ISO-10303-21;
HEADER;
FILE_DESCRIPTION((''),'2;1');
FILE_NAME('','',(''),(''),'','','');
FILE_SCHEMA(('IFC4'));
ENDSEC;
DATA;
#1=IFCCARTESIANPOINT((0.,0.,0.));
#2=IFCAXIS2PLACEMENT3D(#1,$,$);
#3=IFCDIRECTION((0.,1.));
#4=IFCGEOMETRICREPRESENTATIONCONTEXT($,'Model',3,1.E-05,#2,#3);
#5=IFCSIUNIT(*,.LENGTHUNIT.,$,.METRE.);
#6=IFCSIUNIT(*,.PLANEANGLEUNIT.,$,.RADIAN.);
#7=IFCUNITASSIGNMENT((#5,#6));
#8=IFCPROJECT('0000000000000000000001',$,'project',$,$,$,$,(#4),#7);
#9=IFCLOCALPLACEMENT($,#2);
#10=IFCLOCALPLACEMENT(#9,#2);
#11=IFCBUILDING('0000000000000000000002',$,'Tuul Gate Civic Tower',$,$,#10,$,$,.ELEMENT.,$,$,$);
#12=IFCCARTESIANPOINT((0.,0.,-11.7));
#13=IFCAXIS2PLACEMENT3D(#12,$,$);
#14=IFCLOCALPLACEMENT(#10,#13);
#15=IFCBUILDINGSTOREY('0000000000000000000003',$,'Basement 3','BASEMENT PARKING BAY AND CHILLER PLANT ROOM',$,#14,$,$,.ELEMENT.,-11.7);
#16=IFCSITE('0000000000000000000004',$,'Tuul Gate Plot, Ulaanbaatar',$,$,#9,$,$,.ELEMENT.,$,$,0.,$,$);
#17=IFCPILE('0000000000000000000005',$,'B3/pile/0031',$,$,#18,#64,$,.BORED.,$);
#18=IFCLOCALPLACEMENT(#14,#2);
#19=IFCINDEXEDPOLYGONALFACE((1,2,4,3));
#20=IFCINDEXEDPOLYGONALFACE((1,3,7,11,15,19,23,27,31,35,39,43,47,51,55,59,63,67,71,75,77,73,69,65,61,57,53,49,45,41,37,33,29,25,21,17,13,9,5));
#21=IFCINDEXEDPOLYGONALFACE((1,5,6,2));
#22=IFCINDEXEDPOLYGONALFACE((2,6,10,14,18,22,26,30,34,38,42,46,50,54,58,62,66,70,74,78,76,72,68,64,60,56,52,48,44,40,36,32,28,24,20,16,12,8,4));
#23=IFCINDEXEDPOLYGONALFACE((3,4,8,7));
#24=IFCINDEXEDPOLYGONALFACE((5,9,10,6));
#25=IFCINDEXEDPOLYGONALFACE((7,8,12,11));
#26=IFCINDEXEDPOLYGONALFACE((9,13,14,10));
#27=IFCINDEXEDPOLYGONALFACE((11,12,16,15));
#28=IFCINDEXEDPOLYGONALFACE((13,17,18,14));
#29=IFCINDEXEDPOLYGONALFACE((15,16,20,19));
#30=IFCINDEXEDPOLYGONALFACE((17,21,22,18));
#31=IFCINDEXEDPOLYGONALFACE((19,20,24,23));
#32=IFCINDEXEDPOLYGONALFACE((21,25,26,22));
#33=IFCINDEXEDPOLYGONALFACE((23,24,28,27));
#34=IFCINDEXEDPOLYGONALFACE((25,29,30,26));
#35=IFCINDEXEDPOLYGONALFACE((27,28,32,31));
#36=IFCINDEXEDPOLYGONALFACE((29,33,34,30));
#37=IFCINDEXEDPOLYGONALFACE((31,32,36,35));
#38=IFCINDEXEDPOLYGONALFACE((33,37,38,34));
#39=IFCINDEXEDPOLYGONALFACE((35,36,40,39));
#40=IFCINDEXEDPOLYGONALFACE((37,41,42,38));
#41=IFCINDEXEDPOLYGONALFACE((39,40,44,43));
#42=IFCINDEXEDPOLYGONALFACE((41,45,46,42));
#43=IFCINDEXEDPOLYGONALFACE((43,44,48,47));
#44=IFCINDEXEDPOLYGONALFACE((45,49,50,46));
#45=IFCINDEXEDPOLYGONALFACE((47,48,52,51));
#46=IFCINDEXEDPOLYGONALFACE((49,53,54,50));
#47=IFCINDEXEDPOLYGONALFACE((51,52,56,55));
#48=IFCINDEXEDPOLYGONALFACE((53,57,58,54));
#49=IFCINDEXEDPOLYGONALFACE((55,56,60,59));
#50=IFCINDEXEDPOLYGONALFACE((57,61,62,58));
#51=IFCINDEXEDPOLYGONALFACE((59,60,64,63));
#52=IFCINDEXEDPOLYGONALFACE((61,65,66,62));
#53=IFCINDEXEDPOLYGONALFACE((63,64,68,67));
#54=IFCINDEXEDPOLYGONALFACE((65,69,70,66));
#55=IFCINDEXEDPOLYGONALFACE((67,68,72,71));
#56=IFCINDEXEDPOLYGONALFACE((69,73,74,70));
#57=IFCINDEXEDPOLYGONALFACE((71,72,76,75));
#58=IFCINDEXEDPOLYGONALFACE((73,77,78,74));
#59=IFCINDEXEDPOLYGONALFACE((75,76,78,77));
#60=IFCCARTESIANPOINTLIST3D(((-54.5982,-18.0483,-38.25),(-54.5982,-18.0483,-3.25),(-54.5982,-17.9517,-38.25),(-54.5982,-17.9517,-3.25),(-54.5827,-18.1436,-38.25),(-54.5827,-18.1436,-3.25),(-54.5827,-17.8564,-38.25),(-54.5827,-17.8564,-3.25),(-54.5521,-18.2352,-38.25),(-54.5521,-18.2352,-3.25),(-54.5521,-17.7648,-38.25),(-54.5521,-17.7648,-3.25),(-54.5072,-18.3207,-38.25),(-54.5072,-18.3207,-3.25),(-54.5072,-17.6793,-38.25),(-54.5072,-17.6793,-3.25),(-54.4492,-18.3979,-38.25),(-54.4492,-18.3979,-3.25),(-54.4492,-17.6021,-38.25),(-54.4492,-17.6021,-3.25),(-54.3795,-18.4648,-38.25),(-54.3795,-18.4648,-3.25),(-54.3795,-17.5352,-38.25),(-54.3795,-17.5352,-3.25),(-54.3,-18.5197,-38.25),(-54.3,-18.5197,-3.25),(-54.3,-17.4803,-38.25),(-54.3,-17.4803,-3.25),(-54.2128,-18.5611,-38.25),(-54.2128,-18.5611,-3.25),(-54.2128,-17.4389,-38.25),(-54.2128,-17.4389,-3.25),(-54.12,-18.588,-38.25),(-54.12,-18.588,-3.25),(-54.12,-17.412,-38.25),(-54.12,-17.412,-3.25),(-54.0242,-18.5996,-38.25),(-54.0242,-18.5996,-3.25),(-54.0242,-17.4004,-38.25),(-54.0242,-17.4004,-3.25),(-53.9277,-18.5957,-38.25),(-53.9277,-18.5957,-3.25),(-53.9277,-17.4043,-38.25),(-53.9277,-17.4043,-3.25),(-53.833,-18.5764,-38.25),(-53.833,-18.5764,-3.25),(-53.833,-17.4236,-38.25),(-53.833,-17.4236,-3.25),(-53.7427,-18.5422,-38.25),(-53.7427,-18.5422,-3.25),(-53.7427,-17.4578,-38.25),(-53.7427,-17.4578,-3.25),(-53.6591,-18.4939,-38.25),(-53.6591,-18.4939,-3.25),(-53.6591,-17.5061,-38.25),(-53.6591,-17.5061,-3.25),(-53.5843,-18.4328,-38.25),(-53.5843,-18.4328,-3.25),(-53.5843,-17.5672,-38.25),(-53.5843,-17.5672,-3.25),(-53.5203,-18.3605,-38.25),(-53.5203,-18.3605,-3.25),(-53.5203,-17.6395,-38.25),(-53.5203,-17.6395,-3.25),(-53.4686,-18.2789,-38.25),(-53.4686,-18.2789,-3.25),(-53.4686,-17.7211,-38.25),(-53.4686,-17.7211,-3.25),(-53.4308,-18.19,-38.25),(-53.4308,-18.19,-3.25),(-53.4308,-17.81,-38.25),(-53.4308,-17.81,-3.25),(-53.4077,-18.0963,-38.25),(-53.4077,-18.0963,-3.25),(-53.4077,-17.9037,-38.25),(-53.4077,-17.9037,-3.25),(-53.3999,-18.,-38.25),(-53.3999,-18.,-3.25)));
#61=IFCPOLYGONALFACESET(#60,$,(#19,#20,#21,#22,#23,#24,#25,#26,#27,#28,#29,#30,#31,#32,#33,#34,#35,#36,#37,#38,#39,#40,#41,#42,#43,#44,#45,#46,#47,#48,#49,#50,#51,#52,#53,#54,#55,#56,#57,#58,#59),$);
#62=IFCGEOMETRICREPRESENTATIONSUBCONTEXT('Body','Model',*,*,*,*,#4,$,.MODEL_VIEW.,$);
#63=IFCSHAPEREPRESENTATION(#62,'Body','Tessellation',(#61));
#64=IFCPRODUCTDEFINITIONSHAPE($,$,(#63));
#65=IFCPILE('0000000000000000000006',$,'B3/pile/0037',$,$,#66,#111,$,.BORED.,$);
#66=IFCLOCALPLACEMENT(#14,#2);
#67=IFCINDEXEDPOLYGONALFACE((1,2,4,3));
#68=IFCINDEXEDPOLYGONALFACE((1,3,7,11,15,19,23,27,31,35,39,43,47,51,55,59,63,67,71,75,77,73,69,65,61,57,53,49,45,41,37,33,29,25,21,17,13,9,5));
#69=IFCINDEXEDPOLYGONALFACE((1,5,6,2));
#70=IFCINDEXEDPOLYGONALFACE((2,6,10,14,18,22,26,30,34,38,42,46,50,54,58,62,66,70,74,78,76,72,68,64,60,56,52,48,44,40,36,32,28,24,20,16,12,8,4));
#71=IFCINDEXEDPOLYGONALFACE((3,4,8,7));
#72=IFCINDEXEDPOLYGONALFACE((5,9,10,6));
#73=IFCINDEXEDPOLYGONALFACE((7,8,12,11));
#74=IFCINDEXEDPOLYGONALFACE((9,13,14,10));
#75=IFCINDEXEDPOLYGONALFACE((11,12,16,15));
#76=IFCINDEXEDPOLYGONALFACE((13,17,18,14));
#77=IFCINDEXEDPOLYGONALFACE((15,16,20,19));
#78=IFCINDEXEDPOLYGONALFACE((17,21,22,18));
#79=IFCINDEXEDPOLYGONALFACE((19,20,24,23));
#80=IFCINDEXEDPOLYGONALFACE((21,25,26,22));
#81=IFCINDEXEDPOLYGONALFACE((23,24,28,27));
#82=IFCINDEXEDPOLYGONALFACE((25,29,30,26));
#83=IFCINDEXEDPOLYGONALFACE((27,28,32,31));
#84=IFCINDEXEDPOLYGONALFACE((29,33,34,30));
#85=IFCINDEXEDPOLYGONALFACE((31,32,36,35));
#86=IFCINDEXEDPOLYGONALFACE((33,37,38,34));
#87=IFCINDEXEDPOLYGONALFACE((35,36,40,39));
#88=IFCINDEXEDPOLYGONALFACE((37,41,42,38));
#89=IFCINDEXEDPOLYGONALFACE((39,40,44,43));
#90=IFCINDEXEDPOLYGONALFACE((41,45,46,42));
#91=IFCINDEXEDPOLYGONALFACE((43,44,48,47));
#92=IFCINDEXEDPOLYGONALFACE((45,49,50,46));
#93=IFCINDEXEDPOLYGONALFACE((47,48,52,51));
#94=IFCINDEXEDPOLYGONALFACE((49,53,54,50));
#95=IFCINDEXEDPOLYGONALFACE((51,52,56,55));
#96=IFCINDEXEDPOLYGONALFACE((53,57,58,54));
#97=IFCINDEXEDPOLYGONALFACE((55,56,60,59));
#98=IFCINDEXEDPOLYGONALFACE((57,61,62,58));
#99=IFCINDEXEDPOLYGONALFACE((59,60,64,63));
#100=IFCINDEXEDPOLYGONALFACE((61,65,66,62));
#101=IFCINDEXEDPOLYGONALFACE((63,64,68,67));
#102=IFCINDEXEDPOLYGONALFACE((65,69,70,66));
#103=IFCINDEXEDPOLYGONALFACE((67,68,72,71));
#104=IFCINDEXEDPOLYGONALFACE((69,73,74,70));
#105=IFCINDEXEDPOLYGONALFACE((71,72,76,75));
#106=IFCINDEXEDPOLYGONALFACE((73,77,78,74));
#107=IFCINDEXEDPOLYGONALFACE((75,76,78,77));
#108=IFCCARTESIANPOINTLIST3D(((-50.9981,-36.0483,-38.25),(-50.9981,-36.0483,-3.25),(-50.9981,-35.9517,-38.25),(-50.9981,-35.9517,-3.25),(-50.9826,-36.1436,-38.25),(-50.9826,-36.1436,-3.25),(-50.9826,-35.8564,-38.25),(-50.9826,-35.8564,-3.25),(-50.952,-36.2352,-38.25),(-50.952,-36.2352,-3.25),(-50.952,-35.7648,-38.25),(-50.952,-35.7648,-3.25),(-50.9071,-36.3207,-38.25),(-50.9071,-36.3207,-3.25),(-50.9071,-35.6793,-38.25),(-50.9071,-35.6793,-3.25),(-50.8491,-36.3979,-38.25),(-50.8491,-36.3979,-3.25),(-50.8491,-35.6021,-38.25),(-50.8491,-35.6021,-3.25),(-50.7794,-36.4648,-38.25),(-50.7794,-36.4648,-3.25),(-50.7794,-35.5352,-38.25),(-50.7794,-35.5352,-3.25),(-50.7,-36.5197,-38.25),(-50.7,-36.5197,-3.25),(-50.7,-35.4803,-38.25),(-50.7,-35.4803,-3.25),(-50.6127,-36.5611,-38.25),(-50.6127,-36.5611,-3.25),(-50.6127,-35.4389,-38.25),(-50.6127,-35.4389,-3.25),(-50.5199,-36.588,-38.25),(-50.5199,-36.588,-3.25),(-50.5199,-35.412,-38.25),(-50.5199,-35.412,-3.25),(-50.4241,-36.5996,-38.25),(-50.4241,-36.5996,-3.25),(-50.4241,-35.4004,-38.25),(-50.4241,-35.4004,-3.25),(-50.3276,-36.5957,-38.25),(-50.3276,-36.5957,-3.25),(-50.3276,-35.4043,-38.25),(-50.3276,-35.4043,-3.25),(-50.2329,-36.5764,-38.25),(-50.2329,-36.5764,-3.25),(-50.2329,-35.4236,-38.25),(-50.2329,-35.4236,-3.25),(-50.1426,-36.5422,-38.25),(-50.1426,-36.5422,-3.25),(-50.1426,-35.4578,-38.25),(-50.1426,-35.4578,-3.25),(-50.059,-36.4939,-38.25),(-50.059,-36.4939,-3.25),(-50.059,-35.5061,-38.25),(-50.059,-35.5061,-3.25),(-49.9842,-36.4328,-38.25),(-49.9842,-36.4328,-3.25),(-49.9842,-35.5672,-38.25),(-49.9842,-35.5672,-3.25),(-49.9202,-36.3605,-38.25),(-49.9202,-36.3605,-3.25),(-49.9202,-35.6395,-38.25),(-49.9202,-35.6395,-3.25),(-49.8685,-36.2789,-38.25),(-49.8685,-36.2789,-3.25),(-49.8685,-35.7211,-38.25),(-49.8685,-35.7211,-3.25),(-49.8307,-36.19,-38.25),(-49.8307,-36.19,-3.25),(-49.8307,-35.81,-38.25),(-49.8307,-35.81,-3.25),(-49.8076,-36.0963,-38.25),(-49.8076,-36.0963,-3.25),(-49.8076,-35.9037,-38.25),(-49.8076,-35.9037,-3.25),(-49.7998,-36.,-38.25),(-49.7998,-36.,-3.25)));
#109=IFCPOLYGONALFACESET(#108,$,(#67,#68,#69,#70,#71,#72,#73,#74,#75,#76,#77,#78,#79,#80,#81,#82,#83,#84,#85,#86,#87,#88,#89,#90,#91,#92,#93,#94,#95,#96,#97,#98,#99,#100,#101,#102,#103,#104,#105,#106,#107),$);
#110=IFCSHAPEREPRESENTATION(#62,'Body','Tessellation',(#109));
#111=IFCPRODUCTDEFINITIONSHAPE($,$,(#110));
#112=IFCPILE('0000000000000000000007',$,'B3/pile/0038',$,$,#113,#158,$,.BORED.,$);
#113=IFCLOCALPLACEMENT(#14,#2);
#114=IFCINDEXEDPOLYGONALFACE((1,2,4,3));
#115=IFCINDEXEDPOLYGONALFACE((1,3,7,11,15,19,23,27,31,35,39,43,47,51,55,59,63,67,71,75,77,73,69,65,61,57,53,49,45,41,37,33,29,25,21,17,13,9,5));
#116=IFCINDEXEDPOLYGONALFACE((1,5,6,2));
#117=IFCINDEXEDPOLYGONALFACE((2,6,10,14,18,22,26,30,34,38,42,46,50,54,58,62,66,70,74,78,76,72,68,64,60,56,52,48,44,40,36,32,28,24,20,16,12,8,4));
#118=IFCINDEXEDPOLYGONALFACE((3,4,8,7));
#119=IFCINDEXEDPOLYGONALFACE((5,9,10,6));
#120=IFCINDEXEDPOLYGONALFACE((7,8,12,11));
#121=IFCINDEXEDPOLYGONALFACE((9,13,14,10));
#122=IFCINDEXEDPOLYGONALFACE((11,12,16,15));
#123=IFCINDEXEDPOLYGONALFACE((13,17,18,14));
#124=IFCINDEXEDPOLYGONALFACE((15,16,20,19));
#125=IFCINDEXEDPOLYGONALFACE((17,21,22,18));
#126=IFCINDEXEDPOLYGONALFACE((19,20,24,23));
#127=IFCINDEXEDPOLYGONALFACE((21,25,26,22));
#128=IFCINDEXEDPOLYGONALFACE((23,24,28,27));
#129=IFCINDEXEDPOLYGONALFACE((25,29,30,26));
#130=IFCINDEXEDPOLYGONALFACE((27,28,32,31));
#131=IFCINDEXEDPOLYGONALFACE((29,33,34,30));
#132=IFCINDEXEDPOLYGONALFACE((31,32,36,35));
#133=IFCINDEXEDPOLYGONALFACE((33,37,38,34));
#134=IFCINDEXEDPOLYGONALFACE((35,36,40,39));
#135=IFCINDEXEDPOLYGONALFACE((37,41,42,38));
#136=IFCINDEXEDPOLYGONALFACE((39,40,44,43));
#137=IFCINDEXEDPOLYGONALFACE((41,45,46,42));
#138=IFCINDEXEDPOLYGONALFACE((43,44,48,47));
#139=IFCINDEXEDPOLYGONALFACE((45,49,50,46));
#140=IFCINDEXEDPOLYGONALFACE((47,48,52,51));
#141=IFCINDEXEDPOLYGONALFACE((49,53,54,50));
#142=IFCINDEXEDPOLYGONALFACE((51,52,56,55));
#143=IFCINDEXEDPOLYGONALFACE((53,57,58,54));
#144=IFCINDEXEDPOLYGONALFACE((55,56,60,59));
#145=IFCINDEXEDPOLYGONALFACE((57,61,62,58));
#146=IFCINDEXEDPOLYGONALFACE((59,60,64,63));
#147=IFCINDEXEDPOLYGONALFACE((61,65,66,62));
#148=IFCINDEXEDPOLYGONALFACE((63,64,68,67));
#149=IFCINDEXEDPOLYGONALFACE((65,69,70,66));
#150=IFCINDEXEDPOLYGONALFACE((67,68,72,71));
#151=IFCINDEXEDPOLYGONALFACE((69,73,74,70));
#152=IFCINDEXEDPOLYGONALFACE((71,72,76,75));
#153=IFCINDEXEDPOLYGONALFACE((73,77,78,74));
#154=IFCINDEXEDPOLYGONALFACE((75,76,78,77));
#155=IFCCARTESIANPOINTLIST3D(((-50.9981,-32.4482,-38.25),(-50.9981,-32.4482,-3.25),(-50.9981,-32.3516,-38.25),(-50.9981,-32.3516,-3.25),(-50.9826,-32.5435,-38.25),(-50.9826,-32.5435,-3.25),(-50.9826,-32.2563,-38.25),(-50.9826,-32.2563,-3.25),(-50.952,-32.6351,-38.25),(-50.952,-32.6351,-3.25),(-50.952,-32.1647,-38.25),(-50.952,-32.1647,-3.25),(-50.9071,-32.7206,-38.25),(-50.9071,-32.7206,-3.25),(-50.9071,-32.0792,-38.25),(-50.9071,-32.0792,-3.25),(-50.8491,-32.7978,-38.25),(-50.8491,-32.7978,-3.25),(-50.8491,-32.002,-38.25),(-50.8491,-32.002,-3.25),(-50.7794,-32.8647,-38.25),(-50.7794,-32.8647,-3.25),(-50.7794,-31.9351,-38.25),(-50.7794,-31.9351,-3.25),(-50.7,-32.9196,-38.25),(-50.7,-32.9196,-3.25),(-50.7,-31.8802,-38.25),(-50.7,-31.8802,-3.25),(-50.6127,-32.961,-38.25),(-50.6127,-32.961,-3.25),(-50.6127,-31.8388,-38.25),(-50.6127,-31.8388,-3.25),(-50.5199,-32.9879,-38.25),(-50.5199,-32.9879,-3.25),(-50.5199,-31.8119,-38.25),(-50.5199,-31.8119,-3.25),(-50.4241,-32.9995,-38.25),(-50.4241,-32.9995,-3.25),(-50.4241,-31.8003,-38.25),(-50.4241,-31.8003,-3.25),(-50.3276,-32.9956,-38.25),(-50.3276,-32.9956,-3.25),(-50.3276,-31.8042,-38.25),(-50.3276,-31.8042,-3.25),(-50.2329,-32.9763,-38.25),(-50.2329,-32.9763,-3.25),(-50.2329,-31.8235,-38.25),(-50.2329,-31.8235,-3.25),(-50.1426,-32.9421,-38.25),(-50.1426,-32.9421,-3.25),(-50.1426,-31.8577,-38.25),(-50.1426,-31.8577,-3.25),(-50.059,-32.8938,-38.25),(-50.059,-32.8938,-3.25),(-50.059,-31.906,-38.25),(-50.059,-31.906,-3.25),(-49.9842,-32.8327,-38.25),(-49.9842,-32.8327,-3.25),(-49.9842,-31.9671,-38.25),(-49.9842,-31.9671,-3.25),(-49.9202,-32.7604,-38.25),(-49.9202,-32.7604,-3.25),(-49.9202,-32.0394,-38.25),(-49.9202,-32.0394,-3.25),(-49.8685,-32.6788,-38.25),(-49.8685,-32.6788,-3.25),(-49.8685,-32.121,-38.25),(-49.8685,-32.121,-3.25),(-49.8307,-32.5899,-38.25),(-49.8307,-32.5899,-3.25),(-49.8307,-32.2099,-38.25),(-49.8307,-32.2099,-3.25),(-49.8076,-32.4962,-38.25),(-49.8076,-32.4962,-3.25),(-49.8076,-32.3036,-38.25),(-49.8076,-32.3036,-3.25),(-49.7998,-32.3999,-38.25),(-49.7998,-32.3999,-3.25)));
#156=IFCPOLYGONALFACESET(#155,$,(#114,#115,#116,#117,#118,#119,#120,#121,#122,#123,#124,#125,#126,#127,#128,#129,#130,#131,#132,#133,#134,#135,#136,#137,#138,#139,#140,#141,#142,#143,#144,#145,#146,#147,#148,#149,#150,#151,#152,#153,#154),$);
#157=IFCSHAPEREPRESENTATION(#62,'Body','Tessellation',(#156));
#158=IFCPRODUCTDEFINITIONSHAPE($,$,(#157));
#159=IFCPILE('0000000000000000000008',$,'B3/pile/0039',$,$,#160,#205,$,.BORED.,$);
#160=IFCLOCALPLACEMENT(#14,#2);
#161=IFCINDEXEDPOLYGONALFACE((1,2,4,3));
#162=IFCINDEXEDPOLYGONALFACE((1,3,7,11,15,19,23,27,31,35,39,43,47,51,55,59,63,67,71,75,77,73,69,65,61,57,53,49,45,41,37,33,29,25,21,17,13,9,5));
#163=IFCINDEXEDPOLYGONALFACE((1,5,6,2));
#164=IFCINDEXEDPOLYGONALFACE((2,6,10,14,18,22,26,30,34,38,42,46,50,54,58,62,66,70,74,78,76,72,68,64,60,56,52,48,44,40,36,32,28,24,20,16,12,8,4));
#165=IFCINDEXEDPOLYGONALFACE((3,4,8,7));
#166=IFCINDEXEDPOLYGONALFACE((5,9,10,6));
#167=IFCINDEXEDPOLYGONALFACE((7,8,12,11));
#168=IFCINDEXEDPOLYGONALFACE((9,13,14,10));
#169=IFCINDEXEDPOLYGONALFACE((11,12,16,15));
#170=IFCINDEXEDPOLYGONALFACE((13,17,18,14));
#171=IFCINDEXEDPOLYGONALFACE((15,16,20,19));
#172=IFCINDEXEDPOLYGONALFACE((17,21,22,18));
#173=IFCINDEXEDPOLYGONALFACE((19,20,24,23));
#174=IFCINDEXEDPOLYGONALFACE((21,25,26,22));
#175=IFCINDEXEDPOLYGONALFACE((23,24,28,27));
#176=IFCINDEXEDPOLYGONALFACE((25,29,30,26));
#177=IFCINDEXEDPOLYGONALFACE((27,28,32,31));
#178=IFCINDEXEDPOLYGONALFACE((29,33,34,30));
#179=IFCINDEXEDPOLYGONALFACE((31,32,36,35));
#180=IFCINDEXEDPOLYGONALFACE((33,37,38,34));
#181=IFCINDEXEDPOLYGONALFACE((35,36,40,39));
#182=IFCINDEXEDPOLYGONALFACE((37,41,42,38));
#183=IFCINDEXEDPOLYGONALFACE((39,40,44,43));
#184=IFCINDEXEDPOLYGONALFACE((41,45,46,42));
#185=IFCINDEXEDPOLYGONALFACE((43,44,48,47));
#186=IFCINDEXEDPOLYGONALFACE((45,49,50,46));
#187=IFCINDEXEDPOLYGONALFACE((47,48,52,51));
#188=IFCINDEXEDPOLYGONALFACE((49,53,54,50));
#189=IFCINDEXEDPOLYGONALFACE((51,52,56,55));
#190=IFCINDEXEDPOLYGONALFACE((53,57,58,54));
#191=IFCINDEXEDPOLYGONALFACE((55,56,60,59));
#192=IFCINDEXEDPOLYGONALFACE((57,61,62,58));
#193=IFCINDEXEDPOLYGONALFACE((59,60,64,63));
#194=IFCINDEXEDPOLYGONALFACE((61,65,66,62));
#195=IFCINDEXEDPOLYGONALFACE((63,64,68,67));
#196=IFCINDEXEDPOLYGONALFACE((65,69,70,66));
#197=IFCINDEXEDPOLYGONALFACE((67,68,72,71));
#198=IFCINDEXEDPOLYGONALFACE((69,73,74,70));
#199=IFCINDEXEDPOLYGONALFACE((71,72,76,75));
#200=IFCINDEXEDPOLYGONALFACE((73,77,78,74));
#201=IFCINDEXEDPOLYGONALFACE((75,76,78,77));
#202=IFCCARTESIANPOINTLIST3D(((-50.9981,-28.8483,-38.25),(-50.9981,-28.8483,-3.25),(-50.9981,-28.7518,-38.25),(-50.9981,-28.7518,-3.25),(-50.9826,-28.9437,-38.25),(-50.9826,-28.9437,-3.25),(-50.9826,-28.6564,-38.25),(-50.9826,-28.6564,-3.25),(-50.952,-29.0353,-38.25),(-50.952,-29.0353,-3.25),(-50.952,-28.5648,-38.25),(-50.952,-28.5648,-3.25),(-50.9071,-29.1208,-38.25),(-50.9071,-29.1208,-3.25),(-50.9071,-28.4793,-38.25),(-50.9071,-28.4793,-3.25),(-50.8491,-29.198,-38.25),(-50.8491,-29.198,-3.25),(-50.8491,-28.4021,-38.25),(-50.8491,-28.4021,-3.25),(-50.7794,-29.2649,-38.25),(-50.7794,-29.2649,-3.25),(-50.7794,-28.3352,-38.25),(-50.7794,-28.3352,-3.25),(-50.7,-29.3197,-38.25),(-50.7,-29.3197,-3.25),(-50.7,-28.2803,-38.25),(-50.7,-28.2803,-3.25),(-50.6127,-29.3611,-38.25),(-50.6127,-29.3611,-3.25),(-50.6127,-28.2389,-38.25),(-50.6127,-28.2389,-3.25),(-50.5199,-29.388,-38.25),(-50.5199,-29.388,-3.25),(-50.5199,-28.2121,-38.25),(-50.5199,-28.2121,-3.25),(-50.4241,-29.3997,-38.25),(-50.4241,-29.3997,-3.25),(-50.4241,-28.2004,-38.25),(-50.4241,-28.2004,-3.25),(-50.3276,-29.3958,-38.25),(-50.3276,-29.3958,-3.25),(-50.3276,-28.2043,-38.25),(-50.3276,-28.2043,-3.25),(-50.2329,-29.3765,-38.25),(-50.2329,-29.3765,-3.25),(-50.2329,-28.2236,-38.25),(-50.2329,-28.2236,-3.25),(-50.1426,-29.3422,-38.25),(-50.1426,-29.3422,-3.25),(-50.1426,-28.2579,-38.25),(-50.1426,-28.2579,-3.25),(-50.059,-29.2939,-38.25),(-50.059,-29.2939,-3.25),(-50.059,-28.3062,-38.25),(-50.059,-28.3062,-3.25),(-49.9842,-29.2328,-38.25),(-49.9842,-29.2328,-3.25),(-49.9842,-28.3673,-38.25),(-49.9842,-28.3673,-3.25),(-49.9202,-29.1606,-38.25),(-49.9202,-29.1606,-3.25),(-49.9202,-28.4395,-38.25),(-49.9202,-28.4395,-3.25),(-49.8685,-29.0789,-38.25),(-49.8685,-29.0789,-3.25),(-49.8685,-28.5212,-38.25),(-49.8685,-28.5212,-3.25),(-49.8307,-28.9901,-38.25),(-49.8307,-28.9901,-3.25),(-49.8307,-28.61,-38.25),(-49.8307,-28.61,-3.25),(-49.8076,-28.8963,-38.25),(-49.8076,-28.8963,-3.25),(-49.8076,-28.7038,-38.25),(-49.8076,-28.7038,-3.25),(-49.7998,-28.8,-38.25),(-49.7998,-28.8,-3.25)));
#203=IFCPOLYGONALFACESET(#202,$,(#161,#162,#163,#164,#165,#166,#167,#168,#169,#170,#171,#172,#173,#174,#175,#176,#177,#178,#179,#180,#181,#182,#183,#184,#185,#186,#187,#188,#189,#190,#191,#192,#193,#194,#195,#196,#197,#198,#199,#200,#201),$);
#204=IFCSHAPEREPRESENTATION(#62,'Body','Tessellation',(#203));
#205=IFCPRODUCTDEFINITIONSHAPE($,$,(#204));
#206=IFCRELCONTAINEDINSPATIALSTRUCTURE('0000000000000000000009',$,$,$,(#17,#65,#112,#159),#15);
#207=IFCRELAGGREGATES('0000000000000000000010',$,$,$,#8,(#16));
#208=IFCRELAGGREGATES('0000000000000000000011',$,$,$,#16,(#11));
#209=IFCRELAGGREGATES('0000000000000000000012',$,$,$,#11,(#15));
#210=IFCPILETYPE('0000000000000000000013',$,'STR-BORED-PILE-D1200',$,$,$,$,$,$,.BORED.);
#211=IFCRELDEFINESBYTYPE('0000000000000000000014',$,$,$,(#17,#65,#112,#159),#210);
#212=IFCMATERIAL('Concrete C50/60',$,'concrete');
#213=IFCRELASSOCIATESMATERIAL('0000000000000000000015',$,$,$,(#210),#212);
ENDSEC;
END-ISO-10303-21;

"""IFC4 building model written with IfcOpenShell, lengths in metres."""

from ifc_helpers import new_model, si_unit, direction, frame, origin, origin_2d, place, context, subcontext, project, spatial, circle, extrude, material, material_profile, profile_set, type_object, element, save


model = new_model("IFC4")

# Units and contexts
model_context = context("Model", 3, precision=1e-05, world=origin(), true_north=direction((0.0, 1.0)))
body_context = subcontext(model_context, "Body", "Model", "MODEL_VIEW")
ifc_project = project(units=[si_unit("LENGTHUNIT", "METRE"), si_unit("PLANEANGLEUNIT", "RADIAN")], contexts=[model_context])

# Site, building, storey
site_placement = place(None, origin())
site = spatial("IfcSite", under=ifc_project, at=site_placement, Name="Tuul Gate Plot, Ulaanbaatar", CompositionType="ELEMENT", RefElevation=0.0)
building_placement = place(site_placement, origin())
building = spatial("IfcBuilding", under=site, at=building_placement, Name="Tuul Gate Civic Tower", CompositionType="ELEMENT")
storey_placement = place(building_placement, frame((0.0, 0.0, -11.7)))
storey = spatial("IfcBuildingStorey", under=building, at=storey_placement, Name="Basement 3", Description="BASEMENT PARKING BAY AND CHILLER PLANT ROOM", CompositionType="ELEMENT", Elevation=-11.7)

# Piles
ifc_material_1 = material(Name="Concrete C50/60", Category="concrete")
ifc_material_profile_1 = material_profile(ifc_material_1, circle(Radius=0.6001, at=origin_2d()), Name="PILE1200")
ifc_profile_set_1 = profile_set([ifc_material_profile_1], Name="Concrete C50/60")
pile_type = type_object("IfcPileType", Name="STR-BORED-PILE-D1200", PredefinedType="BORED", material=ifc_profile_set_1)
for number, where, z_axis, x_axis, name in (
    (1, (-54.0, -18.0, -3.25), (0.0, 0.0, -1.0), (1.0, 0.0, 0.0), "B3/pile/0031"),
    (2, (-50.3999, -36.0, -3.25), (0.0, 0.0, -1.0), (1.0, 0.0, 0.0), "B3/pile/0037"),
    (3, (-50.3999, -32.3999, -3.25), (0.0, 0.0, -1.0), (1.0, 0.0, 0.0), "B3/pile/0038"),
    (4, (-50.3999, -28.8, -3.25), (0.0, 0.0, -1.0), (1.0, 0.0, 0.0), "B3/pile/0039"),
):
    element("IfcPile", number, at=place(storey_placement, frame(where, z_axis=z_axis, x_axis=x_axis)), inside=storey, type_object=pile_type, Name=name, PredefinedType="BORED", context=body_context, shape_type="SweptSolid", body=[
        extrude(circle(Radius=0.6001, at=origin_2d()), origin(), (0.0, 0.0, 1.0), 35.0),
    ])

save(model, "model.ifc")
